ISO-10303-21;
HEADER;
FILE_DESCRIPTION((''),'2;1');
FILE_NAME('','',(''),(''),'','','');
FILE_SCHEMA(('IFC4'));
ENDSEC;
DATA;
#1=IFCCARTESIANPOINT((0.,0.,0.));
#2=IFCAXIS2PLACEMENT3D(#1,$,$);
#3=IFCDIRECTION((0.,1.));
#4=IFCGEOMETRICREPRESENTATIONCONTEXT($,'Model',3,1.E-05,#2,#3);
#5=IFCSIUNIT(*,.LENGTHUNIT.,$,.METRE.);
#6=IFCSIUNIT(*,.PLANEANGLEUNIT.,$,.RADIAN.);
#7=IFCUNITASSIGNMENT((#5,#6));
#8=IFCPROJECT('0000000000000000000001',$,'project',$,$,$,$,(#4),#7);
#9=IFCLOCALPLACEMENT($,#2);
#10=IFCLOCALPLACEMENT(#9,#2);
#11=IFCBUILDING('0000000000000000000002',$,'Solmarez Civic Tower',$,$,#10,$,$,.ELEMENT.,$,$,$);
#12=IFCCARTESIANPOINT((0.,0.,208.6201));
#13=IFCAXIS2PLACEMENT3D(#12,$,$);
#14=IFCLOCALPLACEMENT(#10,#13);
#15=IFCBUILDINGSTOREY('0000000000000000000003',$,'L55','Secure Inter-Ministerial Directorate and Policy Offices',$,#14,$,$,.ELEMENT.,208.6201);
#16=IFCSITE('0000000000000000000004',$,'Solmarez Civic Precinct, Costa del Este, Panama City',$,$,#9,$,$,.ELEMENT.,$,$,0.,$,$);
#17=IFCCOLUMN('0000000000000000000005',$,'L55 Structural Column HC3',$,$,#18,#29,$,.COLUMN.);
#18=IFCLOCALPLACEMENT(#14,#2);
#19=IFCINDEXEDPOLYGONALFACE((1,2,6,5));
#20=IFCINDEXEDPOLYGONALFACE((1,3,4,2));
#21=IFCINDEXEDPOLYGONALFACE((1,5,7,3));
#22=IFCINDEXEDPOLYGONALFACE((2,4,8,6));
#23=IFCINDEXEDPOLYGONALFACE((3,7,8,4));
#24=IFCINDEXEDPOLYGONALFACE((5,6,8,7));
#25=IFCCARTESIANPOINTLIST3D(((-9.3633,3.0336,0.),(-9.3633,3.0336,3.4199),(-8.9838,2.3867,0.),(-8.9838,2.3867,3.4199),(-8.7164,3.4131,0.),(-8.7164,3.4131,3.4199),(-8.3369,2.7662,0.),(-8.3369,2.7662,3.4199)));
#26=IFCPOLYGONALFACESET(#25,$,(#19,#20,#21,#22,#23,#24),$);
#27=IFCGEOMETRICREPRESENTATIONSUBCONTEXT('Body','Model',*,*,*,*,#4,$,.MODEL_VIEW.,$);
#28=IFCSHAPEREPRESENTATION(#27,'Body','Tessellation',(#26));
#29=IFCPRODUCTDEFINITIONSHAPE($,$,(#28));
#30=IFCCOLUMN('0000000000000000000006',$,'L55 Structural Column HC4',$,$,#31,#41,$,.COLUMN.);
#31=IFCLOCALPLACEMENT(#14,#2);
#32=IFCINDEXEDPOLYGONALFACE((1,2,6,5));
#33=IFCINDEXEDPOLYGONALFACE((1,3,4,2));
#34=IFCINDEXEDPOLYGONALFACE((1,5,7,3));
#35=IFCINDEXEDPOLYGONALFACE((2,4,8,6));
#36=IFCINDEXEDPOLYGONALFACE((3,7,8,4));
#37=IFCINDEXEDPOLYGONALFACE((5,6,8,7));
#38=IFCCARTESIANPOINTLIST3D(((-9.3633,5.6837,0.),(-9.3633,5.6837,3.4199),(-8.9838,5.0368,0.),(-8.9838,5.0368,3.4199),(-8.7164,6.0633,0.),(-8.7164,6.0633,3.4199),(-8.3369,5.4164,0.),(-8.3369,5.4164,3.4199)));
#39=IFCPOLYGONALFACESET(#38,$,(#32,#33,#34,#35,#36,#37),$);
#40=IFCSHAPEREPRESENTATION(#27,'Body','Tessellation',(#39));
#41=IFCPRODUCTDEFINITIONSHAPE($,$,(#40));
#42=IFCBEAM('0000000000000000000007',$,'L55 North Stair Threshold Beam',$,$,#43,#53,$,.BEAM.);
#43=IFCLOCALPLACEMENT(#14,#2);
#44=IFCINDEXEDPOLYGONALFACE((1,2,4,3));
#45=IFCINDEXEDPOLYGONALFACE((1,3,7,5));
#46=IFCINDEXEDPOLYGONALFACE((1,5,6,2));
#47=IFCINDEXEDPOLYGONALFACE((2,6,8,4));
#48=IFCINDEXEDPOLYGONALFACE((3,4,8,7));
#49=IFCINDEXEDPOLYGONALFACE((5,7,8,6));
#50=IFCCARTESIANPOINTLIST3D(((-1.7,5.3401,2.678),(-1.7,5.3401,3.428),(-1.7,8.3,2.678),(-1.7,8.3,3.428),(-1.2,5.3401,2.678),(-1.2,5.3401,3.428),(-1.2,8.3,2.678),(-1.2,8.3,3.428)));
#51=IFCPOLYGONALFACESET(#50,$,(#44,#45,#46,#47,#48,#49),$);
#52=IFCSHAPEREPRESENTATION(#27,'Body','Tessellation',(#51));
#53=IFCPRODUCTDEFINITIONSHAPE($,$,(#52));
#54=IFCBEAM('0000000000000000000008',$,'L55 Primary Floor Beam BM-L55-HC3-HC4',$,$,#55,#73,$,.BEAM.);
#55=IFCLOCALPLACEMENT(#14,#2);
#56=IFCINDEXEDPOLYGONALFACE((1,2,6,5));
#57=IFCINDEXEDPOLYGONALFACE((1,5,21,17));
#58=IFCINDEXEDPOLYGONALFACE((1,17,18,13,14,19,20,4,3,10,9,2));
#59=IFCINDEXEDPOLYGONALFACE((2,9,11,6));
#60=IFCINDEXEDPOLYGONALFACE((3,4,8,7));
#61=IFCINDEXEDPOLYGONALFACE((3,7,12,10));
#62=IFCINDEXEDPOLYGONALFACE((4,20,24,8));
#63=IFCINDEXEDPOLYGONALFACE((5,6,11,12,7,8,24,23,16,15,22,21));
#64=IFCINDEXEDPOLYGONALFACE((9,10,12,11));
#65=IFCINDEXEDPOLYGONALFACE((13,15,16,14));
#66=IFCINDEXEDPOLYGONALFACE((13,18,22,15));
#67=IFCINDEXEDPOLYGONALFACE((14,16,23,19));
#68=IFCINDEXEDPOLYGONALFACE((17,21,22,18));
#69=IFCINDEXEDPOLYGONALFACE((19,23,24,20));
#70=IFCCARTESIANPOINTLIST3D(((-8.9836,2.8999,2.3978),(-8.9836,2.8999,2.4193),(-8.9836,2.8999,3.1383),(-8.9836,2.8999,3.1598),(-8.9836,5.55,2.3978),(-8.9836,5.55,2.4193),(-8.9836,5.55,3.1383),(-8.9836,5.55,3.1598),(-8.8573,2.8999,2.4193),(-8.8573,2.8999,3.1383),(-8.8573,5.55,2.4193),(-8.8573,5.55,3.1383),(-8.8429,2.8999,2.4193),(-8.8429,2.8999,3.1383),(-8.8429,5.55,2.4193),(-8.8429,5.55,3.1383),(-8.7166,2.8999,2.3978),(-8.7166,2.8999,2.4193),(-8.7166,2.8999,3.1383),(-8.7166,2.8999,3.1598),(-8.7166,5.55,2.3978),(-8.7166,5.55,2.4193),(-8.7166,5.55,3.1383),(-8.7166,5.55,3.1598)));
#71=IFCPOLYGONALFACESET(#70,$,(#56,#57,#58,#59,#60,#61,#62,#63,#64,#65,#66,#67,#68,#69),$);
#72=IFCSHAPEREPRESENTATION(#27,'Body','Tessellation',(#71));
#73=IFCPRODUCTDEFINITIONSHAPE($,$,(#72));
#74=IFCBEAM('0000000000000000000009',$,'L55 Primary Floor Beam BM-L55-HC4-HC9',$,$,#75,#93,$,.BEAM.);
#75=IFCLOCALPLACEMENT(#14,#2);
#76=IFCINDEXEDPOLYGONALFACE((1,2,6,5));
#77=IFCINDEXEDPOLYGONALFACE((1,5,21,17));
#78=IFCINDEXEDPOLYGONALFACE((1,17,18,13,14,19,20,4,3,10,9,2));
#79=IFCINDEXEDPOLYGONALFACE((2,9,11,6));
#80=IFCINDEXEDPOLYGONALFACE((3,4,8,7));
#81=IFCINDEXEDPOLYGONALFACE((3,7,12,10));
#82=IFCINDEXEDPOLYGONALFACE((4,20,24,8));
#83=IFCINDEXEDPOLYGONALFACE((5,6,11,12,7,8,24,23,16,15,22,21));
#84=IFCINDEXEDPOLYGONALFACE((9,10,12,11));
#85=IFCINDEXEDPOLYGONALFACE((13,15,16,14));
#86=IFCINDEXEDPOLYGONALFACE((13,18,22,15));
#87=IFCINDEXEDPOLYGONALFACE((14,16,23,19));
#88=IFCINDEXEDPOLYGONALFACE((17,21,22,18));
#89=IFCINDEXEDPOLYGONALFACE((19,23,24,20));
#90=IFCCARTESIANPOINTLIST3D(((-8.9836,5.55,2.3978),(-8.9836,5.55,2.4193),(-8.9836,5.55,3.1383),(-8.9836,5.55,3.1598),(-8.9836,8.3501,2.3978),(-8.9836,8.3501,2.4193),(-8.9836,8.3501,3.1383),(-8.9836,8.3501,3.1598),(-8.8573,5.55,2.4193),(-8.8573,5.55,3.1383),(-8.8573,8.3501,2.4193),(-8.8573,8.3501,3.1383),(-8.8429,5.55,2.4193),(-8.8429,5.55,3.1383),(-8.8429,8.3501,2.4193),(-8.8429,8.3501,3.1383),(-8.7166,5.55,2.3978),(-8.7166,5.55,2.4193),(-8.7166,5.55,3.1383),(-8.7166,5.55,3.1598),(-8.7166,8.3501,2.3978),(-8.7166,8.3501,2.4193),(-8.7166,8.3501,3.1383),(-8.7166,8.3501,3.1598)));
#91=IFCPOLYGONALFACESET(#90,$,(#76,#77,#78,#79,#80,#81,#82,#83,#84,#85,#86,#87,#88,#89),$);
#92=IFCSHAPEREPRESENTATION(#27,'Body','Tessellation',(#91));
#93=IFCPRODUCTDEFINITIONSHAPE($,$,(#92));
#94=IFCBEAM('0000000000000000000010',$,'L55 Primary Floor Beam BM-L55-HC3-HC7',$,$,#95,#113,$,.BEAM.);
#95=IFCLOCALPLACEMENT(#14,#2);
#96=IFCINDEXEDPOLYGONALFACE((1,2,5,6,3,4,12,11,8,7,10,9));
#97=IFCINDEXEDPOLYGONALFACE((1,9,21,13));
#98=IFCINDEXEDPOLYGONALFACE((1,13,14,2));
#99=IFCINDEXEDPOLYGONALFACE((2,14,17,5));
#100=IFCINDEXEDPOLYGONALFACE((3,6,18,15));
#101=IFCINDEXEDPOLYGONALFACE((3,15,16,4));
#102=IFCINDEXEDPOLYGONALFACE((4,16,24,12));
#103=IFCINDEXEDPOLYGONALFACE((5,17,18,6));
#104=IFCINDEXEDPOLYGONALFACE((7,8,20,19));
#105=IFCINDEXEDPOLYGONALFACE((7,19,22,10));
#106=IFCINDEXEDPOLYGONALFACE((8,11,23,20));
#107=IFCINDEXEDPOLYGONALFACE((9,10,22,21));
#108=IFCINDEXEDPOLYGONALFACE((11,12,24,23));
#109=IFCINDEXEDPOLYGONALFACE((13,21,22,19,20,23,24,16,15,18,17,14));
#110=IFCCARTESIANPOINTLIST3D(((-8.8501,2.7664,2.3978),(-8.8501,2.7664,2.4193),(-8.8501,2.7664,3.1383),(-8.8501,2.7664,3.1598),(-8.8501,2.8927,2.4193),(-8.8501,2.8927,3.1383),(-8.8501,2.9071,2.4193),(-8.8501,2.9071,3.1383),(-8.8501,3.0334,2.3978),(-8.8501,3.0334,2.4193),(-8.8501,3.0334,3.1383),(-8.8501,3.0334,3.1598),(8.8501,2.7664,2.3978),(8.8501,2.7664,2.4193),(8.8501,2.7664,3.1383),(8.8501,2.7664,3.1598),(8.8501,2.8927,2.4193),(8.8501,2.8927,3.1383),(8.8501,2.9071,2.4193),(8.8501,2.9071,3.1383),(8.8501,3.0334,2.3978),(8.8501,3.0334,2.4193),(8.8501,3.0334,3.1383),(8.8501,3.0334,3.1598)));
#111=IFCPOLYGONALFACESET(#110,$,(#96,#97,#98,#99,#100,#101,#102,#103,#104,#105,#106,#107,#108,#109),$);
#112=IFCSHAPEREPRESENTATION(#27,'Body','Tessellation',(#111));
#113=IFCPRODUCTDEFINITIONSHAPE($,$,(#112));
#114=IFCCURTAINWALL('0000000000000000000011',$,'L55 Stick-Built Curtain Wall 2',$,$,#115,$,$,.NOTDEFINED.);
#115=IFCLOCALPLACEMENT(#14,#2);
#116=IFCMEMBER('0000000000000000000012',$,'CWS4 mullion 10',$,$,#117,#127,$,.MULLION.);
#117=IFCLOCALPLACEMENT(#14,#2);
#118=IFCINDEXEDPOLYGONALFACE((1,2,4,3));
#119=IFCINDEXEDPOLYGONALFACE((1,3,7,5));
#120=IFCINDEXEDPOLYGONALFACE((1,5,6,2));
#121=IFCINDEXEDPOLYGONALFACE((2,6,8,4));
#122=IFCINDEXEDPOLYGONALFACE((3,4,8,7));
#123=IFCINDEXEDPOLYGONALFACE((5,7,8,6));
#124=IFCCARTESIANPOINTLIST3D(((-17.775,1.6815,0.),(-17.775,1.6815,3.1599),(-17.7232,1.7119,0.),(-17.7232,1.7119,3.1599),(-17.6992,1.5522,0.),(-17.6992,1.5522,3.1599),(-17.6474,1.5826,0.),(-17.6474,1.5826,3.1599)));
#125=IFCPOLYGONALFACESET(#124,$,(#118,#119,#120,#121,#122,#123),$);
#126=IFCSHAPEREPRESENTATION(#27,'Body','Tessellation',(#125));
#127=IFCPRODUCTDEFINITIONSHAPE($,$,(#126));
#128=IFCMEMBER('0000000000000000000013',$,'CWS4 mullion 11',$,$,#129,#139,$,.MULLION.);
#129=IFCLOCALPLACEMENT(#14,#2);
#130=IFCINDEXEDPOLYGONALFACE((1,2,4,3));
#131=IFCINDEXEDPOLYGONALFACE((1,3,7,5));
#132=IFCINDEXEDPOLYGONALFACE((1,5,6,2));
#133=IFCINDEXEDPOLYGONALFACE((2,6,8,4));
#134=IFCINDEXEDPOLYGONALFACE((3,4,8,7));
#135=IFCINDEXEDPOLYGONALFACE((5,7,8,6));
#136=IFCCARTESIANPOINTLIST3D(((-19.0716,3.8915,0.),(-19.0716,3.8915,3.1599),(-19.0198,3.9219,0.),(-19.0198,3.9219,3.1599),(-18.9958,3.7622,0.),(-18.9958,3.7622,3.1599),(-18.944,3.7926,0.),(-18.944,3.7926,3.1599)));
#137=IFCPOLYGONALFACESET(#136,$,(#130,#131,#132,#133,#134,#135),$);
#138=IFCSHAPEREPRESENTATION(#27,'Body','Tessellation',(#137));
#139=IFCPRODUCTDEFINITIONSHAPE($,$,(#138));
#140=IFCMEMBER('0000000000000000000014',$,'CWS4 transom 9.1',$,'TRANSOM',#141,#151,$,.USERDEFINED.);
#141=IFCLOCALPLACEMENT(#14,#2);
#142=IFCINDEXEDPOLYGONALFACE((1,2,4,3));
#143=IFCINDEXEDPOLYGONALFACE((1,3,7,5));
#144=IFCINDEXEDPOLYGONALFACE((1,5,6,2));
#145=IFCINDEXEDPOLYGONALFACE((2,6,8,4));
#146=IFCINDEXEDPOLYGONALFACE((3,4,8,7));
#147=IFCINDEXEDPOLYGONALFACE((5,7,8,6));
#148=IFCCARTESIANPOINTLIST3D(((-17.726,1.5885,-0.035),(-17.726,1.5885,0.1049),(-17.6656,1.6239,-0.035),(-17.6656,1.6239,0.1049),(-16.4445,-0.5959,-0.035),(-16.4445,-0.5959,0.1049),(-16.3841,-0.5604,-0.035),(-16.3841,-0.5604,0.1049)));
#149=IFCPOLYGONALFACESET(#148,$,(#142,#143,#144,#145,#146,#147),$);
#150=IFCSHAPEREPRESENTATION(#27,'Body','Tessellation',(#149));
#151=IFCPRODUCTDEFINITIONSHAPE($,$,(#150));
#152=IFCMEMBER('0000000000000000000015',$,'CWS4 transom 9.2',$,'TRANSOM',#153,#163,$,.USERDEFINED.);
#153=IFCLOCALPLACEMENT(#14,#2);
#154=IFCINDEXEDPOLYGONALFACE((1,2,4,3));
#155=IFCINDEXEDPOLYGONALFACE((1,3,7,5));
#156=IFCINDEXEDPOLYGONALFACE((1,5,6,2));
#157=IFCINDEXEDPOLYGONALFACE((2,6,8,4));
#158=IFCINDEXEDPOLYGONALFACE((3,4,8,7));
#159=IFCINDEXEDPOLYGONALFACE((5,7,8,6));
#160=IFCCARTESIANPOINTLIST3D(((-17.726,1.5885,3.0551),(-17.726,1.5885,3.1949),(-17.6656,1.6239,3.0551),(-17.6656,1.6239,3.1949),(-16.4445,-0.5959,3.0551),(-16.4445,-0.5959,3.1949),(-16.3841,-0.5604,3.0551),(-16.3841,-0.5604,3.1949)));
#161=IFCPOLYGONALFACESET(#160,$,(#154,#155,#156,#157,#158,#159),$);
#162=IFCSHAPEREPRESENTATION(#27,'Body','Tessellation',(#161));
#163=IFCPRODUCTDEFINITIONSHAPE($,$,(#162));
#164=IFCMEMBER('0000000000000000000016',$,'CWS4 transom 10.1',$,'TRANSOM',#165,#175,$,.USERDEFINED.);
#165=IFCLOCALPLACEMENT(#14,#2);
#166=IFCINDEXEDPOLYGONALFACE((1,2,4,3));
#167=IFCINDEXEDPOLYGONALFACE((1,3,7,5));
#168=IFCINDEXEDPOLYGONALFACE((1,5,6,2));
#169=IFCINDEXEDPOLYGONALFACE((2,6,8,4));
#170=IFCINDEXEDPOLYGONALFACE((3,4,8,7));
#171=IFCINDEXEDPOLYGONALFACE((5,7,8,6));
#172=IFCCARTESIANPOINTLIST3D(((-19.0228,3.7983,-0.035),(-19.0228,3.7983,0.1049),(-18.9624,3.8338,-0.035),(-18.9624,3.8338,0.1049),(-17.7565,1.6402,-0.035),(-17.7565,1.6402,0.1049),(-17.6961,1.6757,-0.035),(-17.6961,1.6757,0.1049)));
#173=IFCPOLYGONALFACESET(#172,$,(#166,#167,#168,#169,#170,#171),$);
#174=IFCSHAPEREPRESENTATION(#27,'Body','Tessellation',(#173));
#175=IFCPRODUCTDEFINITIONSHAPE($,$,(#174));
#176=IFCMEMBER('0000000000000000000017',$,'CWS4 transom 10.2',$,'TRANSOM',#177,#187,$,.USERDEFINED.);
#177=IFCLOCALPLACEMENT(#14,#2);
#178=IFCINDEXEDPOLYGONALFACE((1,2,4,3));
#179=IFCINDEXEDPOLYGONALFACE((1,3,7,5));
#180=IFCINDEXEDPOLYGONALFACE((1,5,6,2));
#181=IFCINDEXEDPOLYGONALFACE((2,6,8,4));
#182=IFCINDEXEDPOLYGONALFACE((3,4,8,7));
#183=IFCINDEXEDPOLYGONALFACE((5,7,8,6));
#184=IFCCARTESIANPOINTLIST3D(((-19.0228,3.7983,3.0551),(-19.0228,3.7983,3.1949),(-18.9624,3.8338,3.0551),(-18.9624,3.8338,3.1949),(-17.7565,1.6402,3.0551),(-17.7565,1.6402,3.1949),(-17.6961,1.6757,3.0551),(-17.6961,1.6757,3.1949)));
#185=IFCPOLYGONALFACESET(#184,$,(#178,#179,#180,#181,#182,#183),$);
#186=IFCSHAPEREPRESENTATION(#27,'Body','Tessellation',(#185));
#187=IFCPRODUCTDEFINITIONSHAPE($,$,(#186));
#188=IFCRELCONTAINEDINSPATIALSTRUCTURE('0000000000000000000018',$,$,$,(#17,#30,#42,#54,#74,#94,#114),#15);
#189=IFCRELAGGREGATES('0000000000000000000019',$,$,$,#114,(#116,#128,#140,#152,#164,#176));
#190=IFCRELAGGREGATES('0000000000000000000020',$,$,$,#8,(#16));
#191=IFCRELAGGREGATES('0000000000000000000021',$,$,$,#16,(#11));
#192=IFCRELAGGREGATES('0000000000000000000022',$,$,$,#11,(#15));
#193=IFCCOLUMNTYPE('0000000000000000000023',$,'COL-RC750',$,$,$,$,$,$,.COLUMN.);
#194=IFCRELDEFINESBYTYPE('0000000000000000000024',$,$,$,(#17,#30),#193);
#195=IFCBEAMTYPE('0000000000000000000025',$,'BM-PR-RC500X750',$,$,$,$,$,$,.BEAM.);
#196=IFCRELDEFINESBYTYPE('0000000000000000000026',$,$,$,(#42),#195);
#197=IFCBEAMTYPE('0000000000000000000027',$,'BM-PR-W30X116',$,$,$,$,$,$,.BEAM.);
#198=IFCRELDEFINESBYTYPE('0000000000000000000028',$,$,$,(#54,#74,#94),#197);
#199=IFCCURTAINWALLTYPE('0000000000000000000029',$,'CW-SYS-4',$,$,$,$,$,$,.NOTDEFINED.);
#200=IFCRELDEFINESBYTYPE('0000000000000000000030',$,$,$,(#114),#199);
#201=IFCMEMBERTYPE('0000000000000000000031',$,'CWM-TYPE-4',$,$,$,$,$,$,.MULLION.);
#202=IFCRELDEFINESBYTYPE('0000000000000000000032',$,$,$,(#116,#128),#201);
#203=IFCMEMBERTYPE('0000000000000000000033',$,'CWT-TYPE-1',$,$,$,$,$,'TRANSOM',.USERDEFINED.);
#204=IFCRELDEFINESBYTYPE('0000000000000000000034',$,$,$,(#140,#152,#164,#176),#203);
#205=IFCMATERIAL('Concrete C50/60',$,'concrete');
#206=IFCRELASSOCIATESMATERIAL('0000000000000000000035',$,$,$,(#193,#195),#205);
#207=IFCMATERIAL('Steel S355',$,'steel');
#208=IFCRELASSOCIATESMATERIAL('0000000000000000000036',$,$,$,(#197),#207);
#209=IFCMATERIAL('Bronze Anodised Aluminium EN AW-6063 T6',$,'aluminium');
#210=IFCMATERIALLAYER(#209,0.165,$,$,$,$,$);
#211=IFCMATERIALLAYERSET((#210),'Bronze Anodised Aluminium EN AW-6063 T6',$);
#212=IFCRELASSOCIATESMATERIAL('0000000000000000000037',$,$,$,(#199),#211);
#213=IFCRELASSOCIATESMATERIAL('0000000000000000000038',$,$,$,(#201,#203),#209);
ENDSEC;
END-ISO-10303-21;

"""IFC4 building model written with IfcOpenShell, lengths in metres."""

from ifc_helpers import new_model, si_unit, direction, frame, origin, origin_2d, place, context, subcontext, project, spatial, rectangle, i_section, extrude, material, layer, layer_set, material_profile, profile_set, type_object, element, aggregate, save


model = new_model("IFC4")

# Units and contexts
model_context = context("Model", 3, precision=1e-05, world=origin(), true_north=direction((0.0, 1.0)))
body_context = subcontext(model_context, "Body", "Model", "MODEL_VIEW")
ifc_project = project(units=[si_unit("LENGTHUNIT", "METRE"), si_unit("PLANEANGLEUNIT", "RADIAN")], contexts=[model_context])

# Site, building, storey
site_placement = place(None, origin())
site = spatial("IfcSite", under=ifc_project, at=site_placement, Name="Solmarez Civic Precinct, Costa del Este, Panama City", CompositionType="ELEMENT", RefElevation=0.0)
building_placement = place(site_placement, origin())
building = spatial("IfcBuilding", under=site, at=building_placement, Name="Solmarez Civic Tower", CompositionType="ELEMENT")
storey_placement = place(building_placement, frame((0.0, 0.0, 208.6201)))
storey = spatial("IfcBuildingStorey", under=building, at=storey_placement, Name="L55", Description="Secure Inter-Ministerial Directorate and Policy Offices", CompositionType="ELEMENT", Elevation=208.6201)

# Columns
ifc_material_1 = material(Name="Concrete C50/60", Category="concrete")
ifc_material_profile_1 = material_profile(ifc_material_1, rectangle(XDim=0.75, YDim=0.75, at=origin_2d()), Name="RC750X750")
ifc_profile_set_1 = profile_set([ifc_material_profile_1], Name="Concrete C50/60")
column_type = type_object("IfcColumnType", Name="COL-RC750", PredefinedType="COLUMN", material=ifc_profile_set_1)
for number, where, z_axis, x_axis, name in (
    (1, (-8.8501, 2.8999, 0.0), (0.0, 0.0, 1.0), (0.862514, 0.506034, 0.0), "L55 Structural Column HC3"),
    (2, (-8.8501, 5.55, 0.0), (0.0, 0.0, 1.0), (0.862514, 0.506034, 0.0), "L55 Structural Column HC4"),
):
    element("IfcColumn", number, at=place(storey_placement, frame(where, z_axis=z_axis, x_axis=x_axis)), inside=storey, type_object=column_type, Name=name, PredefinedType="COLUMN", context=body_context, shape_type="SweptSolid", body=[
        extrude(rectangle(XDim=0.75, YDim=0.75, at=origin_2d()), origin(), (0.0, 0.0, 1.0), 3.4199),
    ])

# Beams
ifc_material_profile_2 = material_profile(ifc_material_1, rectangle(XDim=0.5, YDim=0.75, at=origin_2d()), Name="RC500X750")
ifc_profile_set_2 = profile_set([ifc_material_profile_2], Name="Concrete C50/60")
beam_type_1 = type_object("IfcBeamType", Name="BM-PR-RC500X750", PredefinedType="BEAM", material=ifc_profile_set_2)
beam_1_placement = place(storey_placement, frame((-1.45, 5.3401, 3.053), z_axis=(0.0, 1.0, 0.0), x_axis=(-1.0, 0.0, 0.0)))
element("IfcBeam", 3, at=beam_1_placement, inside=storey, type_object=beam_type_1, Name="L55 North Stair Threshold Beam", PredefinedType="BEAM", context=body_context, shape_type="SweptSolid", body=[
    extrude(rectangle(XDim=0.5, YDim=0.75, at=origin_2d()), origin(), (0.0, 0.0, 1.0), 2.96),
])
ifc_material_2 = material(Name="Steel S355", Category="steel")
ifc_material_profile_3 = material_profile(ifc_material_2, i_section(OverallWidth=0.2671, OverallDepth=0.762, WebThickness=0.0144, FlangeThickness=0.0215, at=origin_2d()), Name="W30X116")
ifc_profile_set_3 = profile_set([ifc_material_profile_3], Name="Steel S355")
beam_type_2 = type_object("IfcBeamType", Name="BM-PR-W30X116", PredefinedType="BEAM", material=ifc_profile_set_3)
beam_2_placement = place(storey_placement, frame((-8.8501, 2.8999, 2.7788), z_axis=(0.0, 1.0, 0.0), x_axis=(-1.0, 0.0, 0.0)))
element("IfcBeam", 4, at=beam_2_placement, inside=storey, type_object=beam_type_2, Name="L55 Primary Floor Beam BM-L55-HC3-HC4", PredefinedType="BEAM", context=body_context, shape_type="SweptSolid", body=[
    extrude(i_section(OverallWidth=0.2671, OverallDepth=0.762, WebThickness=0.0144, FlangeThickness=0.0215, at=origin_2d()), origin(), (0.0, 0.0, 1.0), 2.6501),
])
beam_3_placement = place(storey_placement, frame((-8.8501, 5.55, 2.7788), z_axis=(0.0, 1.0, 0.0), x_axis=(-1.0, 0.0, 0.0)))
element("IfcBeam", 5, at=beam_3_placement, inside=storey, type_object=beam_type_2, Name="L55 Primary Floor Beam BM-L55-HC4-HC9", PredefinedType="BEAM", context=body_context, shape_type="SweptSolid", body=[
    extrude(i_section(OverallWidth=0.2671, OverallDepth=0.762, WebThickness=0.0144, FlangeThickness=0.0215, at=origin_2d()), origin(), (0.0, 0.0, 1.0), 2.8),
])
beam_4_placement = place(storey_placement, frame((-8.8501, 2.8999, 2.7788), z_axis=(1.0, 0.0, 0.0), x_axis=(0.0, 1.0, 0.0)))
element("IfcBeam", 6, at=beam_4_placement, inside=storey, type_object=beam_type_2, Name="L55 Primary Floor Beam BM-L55-HC3-HC7", PredefinedType="BEAM", context=body_context, shape_type="SweptSolid", body=[
    extrude(i_section(OverallWidth=0.2671, OverallDepth=0.762, WebThickness=0.0144, FlangeThickness=0.0215, at=origin_2d()), origin(), (0.0, 0.0, 1.0), 17.7002),
])

# Curtain wall, members
ifc_material_3 = material(Name="Bronze Anodised Aluminium EN AW-6063 T6", Category="aluminium")
ifc_layer_1 = layer(ifc_material_3, 0.165)
ifc_layer_set_1 = layer_set([ifc_layer_1], Name="Bronze Anodised Aluminium EN AW-6063 T6")
curtain_wall_type = type_object("IfcCurtainWallType", Name="CW-SYS-4", PredefinedType="NOTDEFINED", material=ifc_layer_set_1)
curtain_wall_placement = place(storey_placement, origin())
curtain_wall = element("IfcCurtainWall", 7, at=curtain_wall_placement, inside=storey, type_object=curtain_wall_type, Name="L55 Stick-Built Curtain Wall 2", PredefinedType="NOTDEFINED")
ifc_material_profile_4 = material_profile(ifc_material_3, rectangle(XDim=0.0601, YDim=0.1499, at=origin_2d()), Name="CWM-60X150")
ifc_profile_set_4 = profile_set([ifc_material_profile_4], Name="Bronze Anodised Aluminium EN AW-6063 T6")
member_type_1 = type_object("IfcMemberType", Name="CWM-TYPE-4", PredefinedType="MULLION", material=ifc_profile_set_4)
member_1_placement = place(storey_placement, frame((-17.7112, 1.6321, 0.0), z_axis=(0.0, 0.0, 1.0), x_axis=(-0.862506, -0.506047, 0.0)))
member_1 = element("IfcMember", 8, at=member_1_placement, type_object=member_type_1, Name="CWS4 mullion 10", PredefinedType="MULLION", context=body_context, shape_type="SweptSolid", body=[
    extrude(rectangle(XDim=0.0601, YDim=0.1499, at=origin_2d()), origin(), (0.0, 0.0, 1.0), 3.1599),
])
member_2_placement = place(storey_placement, frame((-19.0078, 3.842, 0.0), z_axis=(0.0, 0.0, 1.0), x_axis=(-0.862506, -0.506047, 0.0)))
member_2 = element("IfcMember", 9, at=member_2_placement, type_object=member_type_1, Name="CWS4 mullion 11", PredefinedType="MULLION", context=body_context, shape_type="SweptSolid", body=[
    extrude(rectangle(XDim=0.0601, YDim=0.1499, at=origin_2d()), origin(), (0.0, 0.0, 1.0), 3.1599),
])
ifc_material_profile_5 = material_profile(ifc_material_3, rectangle(XDim=0.0701, YDim=0.1399, at=origin_2d()), Name="CWT-70X140")
ifc_profile_set_5 = profile_set([ifc_material_profile_5], Name="Bronze Anodised Aluminium EN AW-6063 T6")
member_type_2 = type_object("IfcMemberType", Name="CWT-TYPE-1", ElementType="TRANSOM", PredefinedType="USERDEFINED", material=ifc_profile_set_5)
member_3_placement = place(storey_placement, frame((-16.4143, -0.5781, 0.0349), z_axis=(-0.506021, 0.862521, 0.0), x_axis=(-0.862521, -0.506021, 0.0)))
member_3 = element("IfcMember", 10, at=member_3_placement, type_object=member_type_2, Name="CWS4 transom 9.1", ObjectType="TRANSOM", PredefinedType="USERDEFINED", context=body_context, shape_type="SweptSolid", body=[
    extrude(rectangle(XDim=0.0701, YDim=0.1399, at=origin_2d()), origin(), (0.0, 0.0, 1.0), 2.5325),
])
member_4_placement = place(storey_placement, frame((-16.4143, -0.5781, 3.125), z_axis=(-0.506021, 0.862521, 0.0), x_axis=(-0.862521, -0.506021, 0.0)))
member_4 = element("IfcMember", 11, at=member_4_placement, type_object=member_type_2, Name="CWS4 transom 9.2", ObjectType="TRANSOM", PredefinedType="USERDEFINED", context=body_context, shape_type="SweptSolid", body=[
    extrude(rectangle(XDim=0.0701, YDim=0.1399, at=origin_2d()), origin(), (0.0, 0.0, 1.0), 2.5325),
])
member_5_placement = place(storey_placement, frame((-17.7263, 1.658, 0.0349), z_axis=(-0.506078, 0.862488, 0.0), x_axis=(-0.862488, -0.506078, 0.0)))
member_5 = element("IfcMember", 12, at=member_5_placement, type_object=member_type_2, Name="CWS4 transom 10.1", ObjectType="TRANSOM", PredefinedType="USERDEFINED", context=body_context, shape_type="SweptSolid", body=[
    extrude(rectangle(XDim=0.0701, YDim=0.1399, at=origin_2d()), origin(), (0.0, 0.0, 1.0), 2.5022),
])
member_6_placement = place(storey_placement, frame((-17.7263, 1.658, 3.125), z_axis=(-0.506078, 0.862488, 0.0), x_axis=(-0.862488, -0.506078, 0.0)))
member_6 = element("IfcMember", 13, at=member_6_placement, type_object=member_type_2, Name="CWS4 transom 10.2", ObjectType="TRANSOM", PredefinedType="USERDEFINED", context=body_context, shape_type="SweptSolid", body=[
    extrude(rectangle(XDim=0.0701, YDim=0.1399, at=origin_2d()), origin(), (0.0, 0.0, 1.0), 2.5022),
])
aggregate(curtain_wall, [member_1, member_2, member_3, member_4, member_5, member_6])

save(model, "model.ifc")
